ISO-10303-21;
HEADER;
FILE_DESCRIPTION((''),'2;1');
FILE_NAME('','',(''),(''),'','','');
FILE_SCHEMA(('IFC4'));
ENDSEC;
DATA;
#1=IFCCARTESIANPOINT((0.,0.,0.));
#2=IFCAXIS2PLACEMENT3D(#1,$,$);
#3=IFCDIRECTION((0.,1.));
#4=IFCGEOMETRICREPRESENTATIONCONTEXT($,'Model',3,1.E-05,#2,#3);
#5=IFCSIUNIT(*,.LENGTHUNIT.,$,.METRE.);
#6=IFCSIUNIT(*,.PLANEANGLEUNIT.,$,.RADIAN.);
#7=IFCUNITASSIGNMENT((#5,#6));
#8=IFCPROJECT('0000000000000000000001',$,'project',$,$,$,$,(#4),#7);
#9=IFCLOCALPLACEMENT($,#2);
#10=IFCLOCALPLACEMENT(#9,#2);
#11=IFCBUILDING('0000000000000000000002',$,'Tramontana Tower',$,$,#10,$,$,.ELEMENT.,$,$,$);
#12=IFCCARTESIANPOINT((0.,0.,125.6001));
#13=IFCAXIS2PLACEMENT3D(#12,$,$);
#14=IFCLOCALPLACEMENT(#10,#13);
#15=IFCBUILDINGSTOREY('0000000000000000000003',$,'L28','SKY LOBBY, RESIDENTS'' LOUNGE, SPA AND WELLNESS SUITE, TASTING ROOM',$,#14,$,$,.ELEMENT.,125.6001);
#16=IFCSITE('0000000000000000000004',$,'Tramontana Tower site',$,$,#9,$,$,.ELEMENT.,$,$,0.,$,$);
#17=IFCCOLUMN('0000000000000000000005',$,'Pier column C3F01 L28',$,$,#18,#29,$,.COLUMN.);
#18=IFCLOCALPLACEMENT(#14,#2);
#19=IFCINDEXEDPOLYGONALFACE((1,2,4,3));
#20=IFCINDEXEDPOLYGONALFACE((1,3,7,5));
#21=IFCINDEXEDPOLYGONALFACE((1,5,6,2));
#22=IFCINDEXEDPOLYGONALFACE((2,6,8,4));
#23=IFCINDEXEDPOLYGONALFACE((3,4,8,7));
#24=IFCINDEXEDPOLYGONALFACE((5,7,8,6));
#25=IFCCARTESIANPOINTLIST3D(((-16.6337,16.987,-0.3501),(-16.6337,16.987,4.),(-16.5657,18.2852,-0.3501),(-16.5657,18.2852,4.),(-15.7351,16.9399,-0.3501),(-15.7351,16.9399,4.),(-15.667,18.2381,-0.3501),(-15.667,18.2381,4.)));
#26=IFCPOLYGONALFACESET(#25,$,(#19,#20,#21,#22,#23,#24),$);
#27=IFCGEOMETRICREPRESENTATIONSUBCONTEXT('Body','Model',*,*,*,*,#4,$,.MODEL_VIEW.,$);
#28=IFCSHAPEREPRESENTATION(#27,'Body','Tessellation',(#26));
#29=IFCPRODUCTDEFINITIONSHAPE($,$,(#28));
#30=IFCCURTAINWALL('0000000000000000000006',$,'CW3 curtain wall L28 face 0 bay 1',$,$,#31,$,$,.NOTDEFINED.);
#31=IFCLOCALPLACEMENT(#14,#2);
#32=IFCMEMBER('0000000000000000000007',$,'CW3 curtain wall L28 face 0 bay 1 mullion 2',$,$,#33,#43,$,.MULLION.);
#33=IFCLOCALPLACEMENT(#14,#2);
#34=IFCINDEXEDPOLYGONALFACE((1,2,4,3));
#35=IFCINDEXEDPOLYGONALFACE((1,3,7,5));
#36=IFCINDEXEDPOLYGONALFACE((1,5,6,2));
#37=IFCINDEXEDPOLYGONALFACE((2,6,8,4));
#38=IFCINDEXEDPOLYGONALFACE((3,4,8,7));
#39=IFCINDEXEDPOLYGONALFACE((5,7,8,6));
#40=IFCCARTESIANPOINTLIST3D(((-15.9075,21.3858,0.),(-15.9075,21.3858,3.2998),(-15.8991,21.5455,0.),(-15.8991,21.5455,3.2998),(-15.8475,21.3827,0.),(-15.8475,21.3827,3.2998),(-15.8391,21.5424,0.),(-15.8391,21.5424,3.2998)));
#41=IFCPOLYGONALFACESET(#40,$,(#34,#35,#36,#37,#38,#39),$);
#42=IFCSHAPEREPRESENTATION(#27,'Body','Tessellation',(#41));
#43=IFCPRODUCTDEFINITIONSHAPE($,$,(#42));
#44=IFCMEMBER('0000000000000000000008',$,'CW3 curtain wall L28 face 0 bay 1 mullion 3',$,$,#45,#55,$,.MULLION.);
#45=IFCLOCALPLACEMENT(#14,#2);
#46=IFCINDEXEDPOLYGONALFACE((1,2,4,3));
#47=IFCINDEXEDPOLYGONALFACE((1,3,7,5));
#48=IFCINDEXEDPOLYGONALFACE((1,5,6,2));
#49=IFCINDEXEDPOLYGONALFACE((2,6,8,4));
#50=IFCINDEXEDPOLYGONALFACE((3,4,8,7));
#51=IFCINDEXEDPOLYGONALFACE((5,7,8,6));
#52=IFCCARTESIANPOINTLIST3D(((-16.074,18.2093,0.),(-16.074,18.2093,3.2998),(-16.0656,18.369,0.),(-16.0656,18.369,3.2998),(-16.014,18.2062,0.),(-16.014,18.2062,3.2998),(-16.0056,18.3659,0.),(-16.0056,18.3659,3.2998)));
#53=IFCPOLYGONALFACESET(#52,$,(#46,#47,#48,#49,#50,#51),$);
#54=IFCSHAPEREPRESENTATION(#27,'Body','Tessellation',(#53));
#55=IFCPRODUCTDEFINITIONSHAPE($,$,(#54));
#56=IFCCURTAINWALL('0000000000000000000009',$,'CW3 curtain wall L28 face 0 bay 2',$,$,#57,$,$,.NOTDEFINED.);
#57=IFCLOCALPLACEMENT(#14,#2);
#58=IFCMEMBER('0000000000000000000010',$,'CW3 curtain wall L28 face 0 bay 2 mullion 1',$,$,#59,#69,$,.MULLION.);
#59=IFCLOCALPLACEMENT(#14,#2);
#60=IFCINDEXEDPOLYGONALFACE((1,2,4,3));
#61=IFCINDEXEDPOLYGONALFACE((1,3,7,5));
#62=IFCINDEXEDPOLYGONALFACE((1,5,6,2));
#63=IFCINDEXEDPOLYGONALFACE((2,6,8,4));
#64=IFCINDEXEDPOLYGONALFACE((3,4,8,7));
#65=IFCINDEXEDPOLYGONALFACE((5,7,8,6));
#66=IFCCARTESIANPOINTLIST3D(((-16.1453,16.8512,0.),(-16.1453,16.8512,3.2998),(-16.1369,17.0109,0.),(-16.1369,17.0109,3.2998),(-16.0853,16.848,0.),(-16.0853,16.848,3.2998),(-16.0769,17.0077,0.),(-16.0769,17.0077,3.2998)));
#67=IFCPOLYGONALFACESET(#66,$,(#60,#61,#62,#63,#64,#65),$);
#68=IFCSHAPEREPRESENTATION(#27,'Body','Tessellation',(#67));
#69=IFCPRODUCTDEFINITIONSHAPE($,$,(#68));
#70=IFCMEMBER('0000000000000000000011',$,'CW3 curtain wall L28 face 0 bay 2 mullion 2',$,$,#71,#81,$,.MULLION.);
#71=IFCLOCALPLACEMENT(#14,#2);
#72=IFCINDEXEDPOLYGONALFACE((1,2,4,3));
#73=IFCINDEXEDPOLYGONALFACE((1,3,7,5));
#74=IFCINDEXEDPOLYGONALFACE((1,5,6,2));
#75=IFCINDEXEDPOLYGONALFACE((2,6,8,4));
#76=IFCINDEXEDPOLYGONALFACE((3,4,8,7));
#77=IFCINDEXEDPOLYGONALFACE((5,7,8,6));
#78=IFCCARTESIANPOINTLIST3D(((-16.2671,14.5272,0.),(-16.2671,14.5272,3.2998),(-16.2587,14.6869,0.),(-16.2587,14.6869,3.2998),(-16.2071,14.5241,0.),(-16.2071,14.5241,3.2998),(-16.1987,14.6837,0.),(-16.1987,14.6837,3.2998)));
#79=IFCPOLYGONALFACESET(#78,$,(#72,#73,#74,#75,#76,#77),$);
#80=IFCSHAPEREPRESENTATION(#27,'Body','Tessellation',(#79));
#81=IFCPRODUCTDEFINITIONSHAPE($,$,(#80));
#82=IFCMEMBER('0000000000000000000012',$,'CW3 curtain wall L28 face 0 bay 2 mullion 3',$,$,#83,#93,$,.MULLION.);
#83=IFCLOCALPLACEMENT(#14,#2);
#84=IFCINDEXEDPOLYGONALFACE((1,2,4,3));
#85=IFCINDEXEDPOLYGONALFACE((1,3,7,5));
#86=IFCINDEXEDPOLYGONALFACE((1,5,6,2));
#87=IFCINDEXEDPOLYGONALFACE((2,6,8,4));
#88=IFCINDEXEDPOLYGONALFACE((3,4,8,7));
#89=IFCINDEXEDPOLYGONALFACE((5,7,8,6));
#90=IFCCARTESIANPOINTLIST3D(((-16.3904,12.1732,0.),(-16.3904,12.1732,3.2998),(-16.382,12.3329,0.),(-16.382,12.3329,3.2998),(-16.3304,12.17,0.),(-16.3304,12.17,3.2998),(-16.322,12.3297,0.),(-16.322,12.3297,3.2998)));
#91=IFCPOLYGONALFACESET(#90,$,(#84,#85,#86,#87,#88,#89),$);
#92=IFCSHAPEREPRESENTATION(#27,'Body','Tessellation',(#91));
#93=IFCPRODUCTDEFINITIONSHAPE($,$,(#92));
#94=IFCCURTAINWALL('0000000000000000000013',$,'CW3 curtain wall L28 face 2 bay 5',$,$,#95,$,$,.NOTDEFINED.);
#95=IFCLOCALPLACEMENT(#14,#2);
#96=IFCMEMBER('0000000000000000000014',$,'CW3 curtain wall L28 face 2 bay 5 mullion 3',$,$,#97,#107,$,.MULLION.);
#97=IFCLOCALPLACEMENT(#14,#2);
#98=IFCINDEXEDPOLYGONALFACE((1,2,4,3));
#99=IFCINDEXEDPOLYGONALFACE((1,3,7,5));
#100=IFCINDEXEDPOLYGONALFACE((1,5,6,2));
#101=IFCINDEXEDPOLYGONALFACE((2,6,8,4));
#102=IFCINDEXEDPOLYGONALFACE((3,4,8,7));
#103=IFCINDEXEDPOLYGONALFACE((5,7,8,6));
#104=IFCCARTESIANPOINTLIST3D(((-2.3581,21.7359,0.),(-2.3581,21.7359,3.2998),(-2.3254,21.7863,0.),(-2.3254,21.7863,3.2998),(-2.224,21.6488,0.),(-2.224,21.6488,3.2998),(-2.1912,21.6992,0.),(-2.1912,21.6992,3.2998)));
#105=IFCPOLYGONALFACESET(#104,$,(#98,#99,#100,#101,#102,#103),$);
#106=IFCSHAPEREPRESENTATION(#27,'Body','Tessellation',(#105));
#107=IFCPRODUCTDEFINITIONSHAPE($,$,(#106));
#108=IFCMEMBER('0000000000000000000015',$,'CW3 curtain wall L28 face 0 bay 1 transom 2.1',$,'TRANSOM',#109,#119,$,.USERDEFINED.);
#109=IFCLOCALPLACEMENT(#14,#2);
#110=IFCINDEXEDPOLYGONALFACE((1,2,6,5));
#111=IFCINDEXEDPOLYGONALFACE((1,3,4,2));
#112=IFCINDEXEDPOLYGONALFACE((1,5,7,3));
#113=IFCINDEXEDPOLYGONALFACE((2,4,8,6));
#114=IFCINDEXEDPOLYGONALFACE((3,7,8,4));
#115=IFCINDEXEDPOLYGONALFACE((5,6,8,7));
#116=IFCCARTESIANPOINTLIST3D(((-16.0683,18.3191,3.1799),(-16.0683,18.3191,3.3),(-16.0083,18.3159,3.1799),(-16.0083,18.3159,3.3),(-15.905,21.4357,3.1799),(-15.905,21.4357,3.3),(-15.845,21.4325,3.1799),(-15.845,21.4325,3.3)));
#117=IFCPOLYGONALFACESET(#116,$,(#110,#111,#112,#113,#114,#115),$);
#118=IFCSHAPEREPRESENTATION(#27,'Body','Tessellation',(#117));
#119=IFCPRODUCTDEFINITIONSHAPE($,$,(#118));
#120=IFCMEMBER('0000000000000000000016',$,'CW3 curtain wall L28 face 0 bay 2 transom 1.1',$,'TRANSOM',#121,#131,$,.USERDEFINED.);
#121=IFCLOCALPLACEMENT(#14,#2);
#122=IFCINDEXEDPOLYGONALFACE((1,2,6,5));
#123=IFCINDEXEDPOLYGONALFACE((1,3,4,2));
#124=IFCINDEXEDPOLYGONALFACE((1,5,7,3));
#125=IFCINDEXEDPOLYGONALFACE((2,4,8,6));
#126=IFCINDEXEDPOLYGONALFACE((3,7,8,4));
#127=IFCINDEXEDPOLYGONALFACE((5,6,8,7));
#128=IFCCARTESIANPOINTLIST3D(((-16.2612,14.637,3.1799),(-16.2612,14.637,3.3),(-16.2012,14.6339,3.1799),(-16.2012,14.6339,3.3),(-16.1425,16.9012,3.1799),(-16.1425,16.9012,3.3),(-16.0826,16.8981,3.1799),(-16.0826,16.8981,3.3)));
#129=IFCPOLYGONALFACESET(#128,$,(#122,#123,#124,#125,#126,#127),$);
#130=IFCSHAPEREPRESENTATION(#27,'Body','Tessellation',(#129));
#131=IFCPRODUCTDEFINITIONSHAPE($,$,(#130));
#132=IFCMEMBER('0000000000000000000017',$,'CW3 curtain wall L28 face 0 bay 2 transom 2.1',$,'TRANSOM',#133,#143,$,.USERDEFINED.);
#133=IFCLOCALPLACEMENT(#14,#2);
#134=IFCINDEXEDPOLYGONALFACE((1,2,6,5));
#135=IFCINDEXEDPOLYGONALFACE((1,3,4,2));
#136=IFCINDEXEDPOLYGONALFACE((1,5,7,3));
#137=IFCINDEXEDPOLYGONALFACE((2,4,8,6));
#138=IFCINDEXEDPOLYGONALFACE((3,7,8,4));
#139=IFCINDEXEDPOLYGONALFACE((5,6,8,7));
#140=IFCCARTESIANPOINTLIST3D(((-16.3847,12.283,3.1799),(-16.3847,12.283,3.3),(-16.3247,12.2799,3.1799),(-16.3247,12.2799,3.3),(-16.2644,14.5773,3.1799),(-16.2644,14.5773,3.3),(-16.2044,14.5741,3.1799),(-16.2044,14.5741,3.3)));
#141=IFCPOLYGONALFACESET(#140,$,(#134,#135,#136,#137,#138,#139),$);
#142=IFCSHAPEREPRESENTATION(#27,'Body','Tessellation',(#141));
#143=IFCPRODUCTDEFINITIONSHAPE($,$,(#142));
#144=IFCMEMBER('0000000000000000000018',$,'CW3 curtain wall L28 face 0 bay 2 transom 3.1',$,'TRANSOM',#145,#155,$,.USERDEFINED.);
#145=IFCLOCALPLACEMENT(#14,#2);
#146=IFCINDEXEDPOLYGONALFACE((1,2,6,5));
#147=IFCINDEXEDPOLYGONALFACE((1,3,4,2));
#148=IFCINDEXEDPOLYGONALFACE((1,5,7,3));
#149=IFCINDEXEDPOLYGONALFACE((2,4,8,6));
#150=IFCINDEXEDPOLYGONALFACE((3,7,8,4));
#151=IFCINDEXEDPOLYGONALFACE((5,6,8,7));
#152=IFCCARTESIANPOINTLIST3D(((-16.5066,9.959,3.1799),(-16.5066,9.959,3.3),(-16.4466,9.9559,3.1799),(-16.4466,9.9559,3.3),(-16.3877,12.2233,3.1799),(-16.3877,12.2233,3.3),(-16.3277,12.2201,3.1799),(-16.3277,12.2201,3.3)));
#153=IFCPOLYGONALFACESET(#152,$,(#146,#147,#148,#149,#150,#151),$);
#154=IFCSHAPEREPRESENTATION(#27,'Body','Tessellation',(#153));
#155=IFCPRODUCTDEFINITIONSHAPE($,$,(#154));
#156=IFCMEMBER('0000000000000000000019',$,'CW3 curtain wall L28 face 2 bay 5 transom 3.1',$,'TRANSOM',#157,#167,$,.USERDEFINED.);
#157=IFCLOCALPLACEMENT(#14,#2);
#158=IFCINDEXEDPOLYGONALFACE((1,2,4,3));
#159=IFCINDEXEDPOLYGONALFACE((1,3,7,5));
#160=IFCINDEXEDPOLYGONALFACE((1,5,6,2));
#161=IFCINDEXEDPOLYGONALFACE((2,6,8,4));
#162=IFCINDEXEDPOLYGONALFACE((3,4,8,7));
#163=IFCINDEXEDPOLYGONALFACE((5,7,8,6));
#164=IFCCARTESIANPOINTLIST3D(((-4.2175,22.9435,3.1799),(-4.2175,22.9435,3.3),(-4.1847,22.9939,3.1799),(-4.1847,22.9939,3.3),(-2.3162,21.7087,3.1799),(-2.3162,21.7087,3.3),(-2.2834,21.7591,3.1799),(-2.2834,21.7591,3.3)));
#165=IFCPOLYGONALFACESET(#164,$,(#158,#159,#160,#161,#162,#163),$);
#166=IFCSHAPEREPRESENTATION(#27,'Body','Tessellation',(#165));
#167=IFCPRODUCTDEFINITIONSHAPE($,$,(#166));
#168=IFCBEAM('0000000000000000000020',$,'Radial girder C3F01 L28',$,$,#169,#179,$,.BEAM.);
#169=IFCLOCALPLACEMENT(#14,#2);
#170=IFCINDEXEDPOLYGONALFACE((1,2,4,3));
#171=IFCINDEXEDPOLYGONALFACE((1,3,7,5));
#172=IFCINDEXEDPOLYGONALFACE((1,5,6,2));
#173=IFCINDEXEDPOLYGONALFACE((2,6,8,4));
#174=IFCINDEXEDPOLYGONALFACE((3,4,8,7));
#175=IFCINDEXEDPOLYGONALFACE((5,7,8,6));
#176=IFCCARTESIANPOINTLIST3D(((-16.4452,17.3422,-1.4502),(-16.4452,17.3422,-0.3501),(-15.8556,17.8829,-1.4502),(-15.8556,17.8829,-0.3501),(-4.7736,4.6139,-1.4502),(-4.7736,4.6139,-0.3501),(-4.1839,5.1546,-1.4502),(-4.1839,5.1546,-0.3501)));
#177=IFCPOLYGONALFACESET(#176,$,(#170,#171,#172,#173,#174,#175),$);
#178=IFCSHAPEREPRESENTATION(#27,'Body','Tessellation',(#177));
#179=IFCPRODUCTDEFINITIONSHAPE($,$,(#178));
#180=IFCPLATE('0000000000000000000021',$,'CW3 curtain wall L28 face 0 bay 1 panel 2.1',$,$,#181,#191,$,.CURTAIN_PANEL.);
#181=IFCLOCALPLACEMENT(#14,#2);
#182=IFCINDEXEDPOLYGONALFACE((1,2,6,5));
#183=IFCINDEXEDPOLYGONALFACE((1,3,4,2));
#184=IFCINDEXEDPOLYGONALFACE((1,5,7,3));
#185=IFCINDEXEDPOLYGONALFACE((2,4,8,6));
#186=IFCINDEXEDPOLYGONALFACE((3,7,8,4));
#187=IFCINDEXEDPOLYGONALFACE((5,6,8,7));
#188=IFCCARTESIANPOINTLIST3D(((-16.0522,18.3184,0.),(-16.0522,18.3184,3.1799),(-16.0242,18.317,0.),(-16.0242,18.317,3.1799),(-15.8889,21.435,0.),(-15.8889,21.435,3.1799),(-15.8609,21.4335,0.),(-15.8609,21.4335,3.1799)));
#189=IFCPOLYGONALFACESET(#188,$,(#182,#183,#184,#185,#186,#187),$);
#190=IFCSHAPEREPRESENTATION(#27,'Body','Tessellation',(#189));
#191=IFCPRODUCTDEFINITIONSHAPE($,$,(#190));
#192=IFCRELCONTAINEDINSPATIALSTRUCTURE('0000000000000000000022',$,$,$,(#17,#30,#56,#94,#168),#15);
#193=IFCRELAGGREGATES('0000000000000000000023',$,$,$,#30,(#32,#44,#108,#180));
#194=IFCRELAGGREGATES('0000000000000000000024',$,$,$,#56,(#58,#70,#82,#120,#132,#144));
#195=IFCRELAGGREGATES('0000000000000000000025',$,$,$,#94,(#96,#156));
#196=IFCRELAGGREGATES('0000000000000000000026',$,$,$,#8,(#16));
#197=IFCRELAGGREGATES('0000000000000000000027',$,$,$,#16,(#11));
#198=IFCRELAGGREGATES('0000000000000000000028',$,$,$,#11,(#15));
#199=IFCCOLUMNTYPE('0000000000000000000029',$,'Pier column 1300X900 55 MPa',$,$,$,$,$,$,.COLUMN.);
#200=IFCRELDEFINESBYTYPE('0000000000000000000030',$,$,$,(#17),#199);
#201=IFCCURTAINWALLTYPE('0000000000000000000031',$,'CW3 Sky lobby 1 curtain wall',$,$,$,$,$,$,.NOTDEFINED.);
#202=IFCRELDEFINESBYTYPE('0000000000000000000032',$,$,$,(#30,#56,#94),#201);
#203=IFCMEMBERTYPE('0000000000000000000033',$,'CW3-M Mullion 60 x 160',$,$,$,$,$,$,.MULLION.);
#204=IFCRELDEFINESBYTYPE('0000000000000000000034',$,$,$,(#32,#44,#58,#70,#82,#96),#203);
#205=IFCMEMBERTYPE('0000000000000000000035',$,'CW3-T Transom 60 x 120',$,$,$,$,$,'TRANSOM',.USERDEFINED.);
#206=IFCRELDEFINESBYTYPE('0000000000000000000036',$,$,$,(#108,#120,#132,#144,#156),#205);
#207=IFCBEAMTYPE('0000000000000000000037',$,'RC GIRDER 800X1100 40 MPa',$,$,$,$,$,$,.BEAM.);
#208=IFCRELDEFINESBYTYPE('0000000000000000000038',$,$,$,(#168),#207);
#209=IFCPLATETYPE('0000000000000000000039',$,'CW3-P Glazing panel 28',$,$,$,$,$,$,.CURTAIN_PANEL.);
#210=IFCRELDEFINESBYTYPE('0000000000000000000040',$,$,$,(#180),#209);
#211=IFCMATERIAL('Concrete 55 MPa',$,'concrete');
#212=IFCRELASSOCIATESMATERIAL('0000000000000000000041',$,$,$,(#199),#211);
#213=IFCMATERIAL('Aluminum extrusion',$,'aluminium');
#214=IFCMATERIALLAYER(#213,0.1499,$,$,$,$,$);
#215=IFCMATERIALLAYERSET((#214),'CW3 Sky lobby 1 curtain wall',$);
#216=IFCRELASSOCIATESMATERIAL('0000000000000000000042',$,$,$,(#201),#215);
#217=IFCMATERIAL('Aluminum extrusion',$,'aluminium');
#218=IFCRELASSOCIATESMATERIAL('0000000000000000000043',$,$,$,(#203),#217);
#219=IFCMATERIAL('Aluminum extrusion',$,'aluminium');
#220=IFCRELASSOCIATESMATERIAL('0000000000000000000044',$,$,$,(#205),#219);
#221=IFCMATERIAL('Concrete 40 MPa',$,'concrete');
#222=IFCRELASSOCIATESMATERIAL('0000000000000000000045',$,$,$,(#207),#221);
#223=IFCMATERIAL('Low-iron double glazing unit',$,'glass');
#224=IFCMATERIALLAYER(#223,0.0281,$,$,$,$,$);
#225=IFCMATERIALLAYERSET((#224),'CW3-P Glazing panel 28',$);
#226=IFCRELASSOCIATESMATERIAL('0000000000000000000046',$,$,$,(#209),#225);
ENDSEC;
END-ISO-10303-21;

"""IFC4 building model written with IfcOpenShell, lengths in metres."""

from ifc_helpers import new_model, si_unit, direction, frame, origin, origin_2d, place, context, subcontext, project, spatial, rectangle, extrude, material, layer, layer_set, material_profile, profile_set, type_object, element, aggregate, save


model = new_model("IFC4")

# Units and contexts
model_context = context("Model", 3, precision=1e-05, world=origin(), true_north=direction((0.0, 1.0)))
body_context = subcontext(model_context, "Body", "Model", "MODEL_VIEW")
ifc_project = project(units=[si_unit("LENGTHUNIT", "METRE"), si_unit("PLANEANGLEUNIT", "RADIAN")], contexts=[model_context])

# Site, building, storey
site_placement = place(None, origin())
site = spatial("IfcSite", under=ifc_project, at=site_placement, Name="Tramontana Tower site", CompositionType="ELEMENT", RefElevation=0.0)
building_placement = place(site_placement, origin())
building = spatial("IfcBuilding", under=site, at=building_placement, Name="Tramontana Tower", CompositionType="ELEMENT")
storey_placement = place(building_placement, frame((0.0, 0.0, 125.6001)))
storey = spatial("IfcBuildingStorey", under=building, at=storey_placement, Name="L28", Description="SKY LOBBY, RESIDENTS' LOUNGE, SPA AND WELLNESS SUITE, TASTING ROOM", CompositionType="ELEMENT", Elevation=125.6001)

# Column
ifc_material_1 = material(Name="Concrete 55 MPa", Category="concrete")
ifc_material_profile_1 = material_profile(ifc_material_1, rectangle(XDim=1.3, YDim=0.8999, at=origin_2d()), Name="Pier column 1300X900 55 MPa")
ifc_profile_set_1 = profile_set([ifc_material_profile_1], Name="Concrete 55 MPa")
column_type = type_object("IfcColumnType", Name="Pier column 1300X900 55 MPa", PredefinedType="COLUMN", material=ifc_profile_set_1)
column_placement = place(storey_placement, frame((-16.1504, 17.6125, -0.3501), z_axis=(0.0, 0.0, 1.0), x_axis=(-0.052336, -0.99863, 0.0)))
element("IfcColumn", 1, at=column_placement, inside=storey, type_object=column_type, Name="Pier column C3F01 L28", PredefinedType="COLUMN", context=body_context, shape_type="SweptSolid", body=[
    extrude(rectangle(XDim=1.3, YDim=0.8999, at=origin_2d()), origin(), (0.0, 0.0, 1.0), 4.3501),
])

# Curtain walls, members
ifc_material_2 = material(Name="Aluminum extrusion", Category="aluminium")
ifc_layer_1 = layer(ifc_material_2, 0.1499)
ifc_layer_set_1 = layer_set([ifc_layer_1], Name="CW3 Sky lobby 1 curtain wall")
curtain_wall_type = type_object("IfcCurtainWallType", Name="CW3 Sky lobby 1 curtain wall", PredefinedType="NOTDEFINED", material=ifc_layer_set_1)
curtain_wall_1_placement = place(storey_placement, origin())
curtain_wall_1 = element("IfcCurtainWall", 2, at=curtain_wall_1_placement, inside=storey, type_object=curtain_wall_type, Name="CW3 curtain wall L28 face 0 bay 1", PredefinedType="NOTDEFINED")
ifc_material_3 = material(Name="Aluminum extrusion", Category="aluminium")
ifc_material_profile_2 = material_profile(ifc_material_3, rectangle(XDim=0.0601, YDim=0.1599, at=origin_2d()), Name="CW3-M Mullion 60 x 160")
ifc_profile_set_2 = profile_set([ifc_material_profile_2], Name="Aluminum extrusion")
member_type_1 = type_object("IfcMemberType", Name="CW3-M Mullion 60 x 160", PredefinedType="MULLION", material=ifc_profile_set_2)
member_1_placement = place(storey_placement, frame((-15.8733, 21.4641, 0.0), z_axis=(0.0, 0.0, 1.0), x_axis=(0.99863, -0.052336, 0.0)))
member_1 = element("IfcMember", 3, at=member_1_placement, type_object=member_type_1, Name="CW3 curtain wall L28 face 0 bay 1 mullion 2", PredefinedType="MULLION", context=body_context, shape_type="SweptSolid", body=[
    extrude(rectangle(XDim=0.0601, YDim=0.1599, at=origin_2d()), origin(), (0.0, 0.0, 1.0), 3.2998),
])
member_2_placement = place(storey_placement, frame((-16.0398, 18.2876, 0.0), z_axis=(0.0, 0.0, 1.0), x_axis=(0.99863, -0.052336, 0.0)))
member_2 = element("IfcMember", 4, at=member_2_placement, type_object=member_type_1, Name="CW3 curtain wall L28 face 0 bay 1 mullion 3", PredefinedType="MULLION", context=body_context, shape_type="SweptSolid", body=[
    extrude(rectangle(XDim=0.0601, YDim=0.1599, at=origin_2d()), origin(), (0.0, 0.0, 1.0), 3.2998),
])
curtain_wall_2_placement = place(storey_placement, origin())
curtain_wall_2 = element("IfcCurtainWall", 5, at=curtain_wall_2_placement, inside=storey, type_object=curtain_wall_type, Name="CW3 curtain wall L28 face 0 bay 2", PredefinedType="NOTDEFINED")
member_3_placement = place(storey_placement, frame((-16.1111, 16.9294, 0.0), z_axis=(0.0, 0.0, 1.0), x_axis=(0.99863, -0.052336, 0.0)))
member_3 = element("IfcMember", 6, at=member_3_placement, type_object=member_type_1, Name="CW3 curtain wall L28 face 0 bay 2 mullion 1", PredefinedType="MULLION", context=body_context, shape_type="SweptSolid", body=[
    extrude(rectangle(XDim=0.0601, YDim=0.1599, at=origin_2d()), origin(), (0.0, 0.0, 1.0), 3.2998),
])
member_4_placement = place(storey_placement, frame((-16.2329, 14.6055, 0.0), z_axis=(0.0, 0.0, 1.0), x_axis=(0.99863, -0.052336, 0.0)))
member_4 = element("IfcMember", 7, at=member_4_placement, type_object=member_type_1, Name="CW3 curtain wall L28 face 0 bay 2 mullion 2", PredefinedType="MULLION", context=body_context, shape_type="SweptSolid", body=[
    extrude(rectangle(XDim=0.0601, YDim=0.1599, at=origin_2d()), origin(), (0.0, 0.0, 1.0), 3.2998),
])
member_5_placement = place(storey_placement, frame((-16.3562, 12.2515, 0.0), z_axis=(0.0, 0.0, 1.0), x_axis=(0.99863, -0.052336, 0.0)))
member_5 = element("IfcMember", 8, at=member_5_placement, type_object=member_type_1, Name="CW3 curtain wall L28 face 0 bay 2 mullion 3", PredefinedType="MULLION", context=body_context, shape_type="SweptSolid", body=[
    extrude(rectangle(XDim=0.0601, YDim=0.1599, at=origin_2d()), origin(), (0.0, 0.0, 1.0), 3.2998),
])

# Curtain wall, member
curtain_wall_3_placement = place(storey_placement, origin())
curtain_wall_3 = element("IfcCurtainWall", 9, at=curtain_wall_3_placement, inside=storey, type_object=curtain_wall_type, Name="CW3 curtain wall L28 face 2 bay 5", PredefinedType="NOTDEFINED")
member_6_placement = place(storey_placement, frame((-2.2747, 21.7175, 0.0), z_axis=(0.0, 0.0, 1.0), x_axis=(-0.544639, -0.838671, 0.0)))
member_6 = element("IfcMember", 10, at=member_6_placement, type_object=member_type_1, Name="CW3 curtain wall L28 face 2 bay 5 mullion 3", PredefinedType="MULLION", context=body_context, shape_type="SweptSolid", body=[
    extrude(rectangle(XDim=0.0601, YDim=0.1599, at=origin_2d()), origin(), (0.0, 0.0, 1.0), 3.2998),
])

# Members
ifc_material_4 = material(Name="Aluminum extrusion", Category="aluminium")
ifc_material_profile_3 = material_profile(ifc_material_4, rectangle(XDim=0.0601, YDim=0.1201, at=origin_2d()), Name="CW3-T Transom 60 x 120")
ifc_profile_set_3 = profile_set([ifc_material_profile_3], Name="Aluminum extrusion")
member_type_2 = type_object("IfcMemberType", Name="CW3-T Transom 60 x 120", ElementType="TRANSOM", PredefinedType="USERDEFINED", material=ifc_profile_set_3)
member_7_placement = place(storey_placement, frame((-15.875, 21.4341, 3.24), z_axis=(-0.052337, -0.998629, 0.0), x_axis=(0.998629, -0.052337, 0.0)))
member_7 = element("IfcMember", 11, at=member_7_placement, type_object=member_type_2, Name="CW3 curtain wall L28 face 0 bay 1 transom 2.1", ObjectType="TRANSOM", PredefinedType="USERDEFINED", context=body_context, shape_type="SweptSolid", body=[
    extrude(rectangle(XDim=0.0601, YDim=0.1201, at=origin_2d()), origin(), (0.0, 0.0, 1.0), 3.1208),
])
member_8_placement = place(storey_placement, frame((-16.1125, 16.8997, 3.24), z_axis=(-0.052333, -0.99863, 0.0), x_axis=(0.99863, -0.052333, 0.0)))
member_8 = element("IfcMember", 12, at=member_8_placement, type_object=member_type_2, Name="CW3 curtain wall L28 face 0 bay 2 transom 1.1", ObjectType="TRANSOM", PredefinedType="USERDEFINED", context=body_context, shape_type="SweptSolid", body=[
    extrude(rectangle(XDim=0.0601, YDim=0.1201, at=origin_2d()), origin(), (0.0, 0.0, 1.0), 2.2673),
])
member_9_placement = place(storey_placement, frame((-16.2344, 14.5757, 3.24), z_axis=(-0.052391, -0.998627, 0.0), x_axis=(0.998627, -0.052391, 0.0)))
member_9 = element("IfcMember", 13, at=member_9_placement, type_object=member_type_2, Name="CW3 curtain wall L28 face 0 bay 2 transom 2.1", ObjectType="TRANSOM", PredefinedType="USERDEFINED", context=body_context, shape_type="SweptSolid", body=[
    extrude(rectangle(XDim=0.0601, YDim=0.1201, at=origin_2d()), origin(), (0.0, 0.0, 1.0), 2.2974),
])
member_10_placement = place(storey_placement, frame((-16.3577, 12.2217, 3.24), z_axis=(-0.05244, -0.998624, 0.0), x_axis=(0.998624, -0.05244, 0.0)))
member_10 = element("IfcMember", 14, at=member_10_placement, type_object=member_type_2, Name="CW3 curtain wall L28 face 0 bay 2 transom 3.1", ObjectType="TRANSOM", PredefinedType="USERDEFINED", context=body_context, shape_type="SweptSolid", body=[
    extrude(rectangle(XDim=0.0601, YDim=0.1201, at=origin_2d()), origin(), (0.0, 0.0, 1.0), 2.2673),
])
member_11_placement = place(storey_placement, frame((-2.2998, 21.7339, 3.24), z_axis=(-0.83865, 0.54467, 0.0), x_axis=(-0.54467, -0.83865, 0.0)))
member_11 = element("IfcMember", 15, at=member_11_placement, type_object=member_type_2, Name="CW3 curtain wall L28 face 2 bay 5 transom 3.1", ObjectType="TRANSOM", PredefinedType="USERDEFINED", context=body_context, shape_type="SweptSolid", body=[
    extrude(rectangle(XDim=0.0601, YDim=0.1201, at=origin_2d()), origin(), (0.0, 0.0, 1.0), 2.2671),
])

# Beam
ifc_material_5 = material(Name="Concrete 40 MPa", Category="concrete")
ifc_material_profile_4 = material_profile(ifc_material_5, rectangle(XDim=0.8, YDim=1.1001, at=origin_2d()), Name="RC GIRDER 800X1100 40 MPa")
ifc_profile_set_4 = profile_set([ifc_material_profile_4], Name="Concrete 40 MPa")
beam_type = type_object("IfcBeamType", Name="RC GIRDER 800X1100 40 MPa", PredefinedType="BEAM", material=ifc_profile_set_4)
beam_placement = place(storey_placement, frame((-16.1504, 17.6125, -0.9001), z_axis=(0.675852, -0.737037, 0.0), x_axis=(0.737037, 0.675852, 0.0)))
element("IfcBeam", 16, at=beam_placement, inside=storey, type_object=beam_type, Name="Radial girder C3F01 L28", PredefinedType="BEAM", context=body_context, shape_type="SweptSolid", body=[
    extrude(rectangle(XDim=0.8, YDim=1.1001, at=origin_2d()), origin(), (0.0, 0.0, 1.0), 17.2695),
])

# Plate
ifc_material_6 = material(Name="Low-iron double glazing unit", Category="glass")
ifc_layer_2 = layer(ifc_material_6, 0.0281)
ifc_layer_set_2 = layer_set([ifc_layer_2], Name="CW3-P Glazing panel 28")
plate_type = type_object("IfcPlateType", Name="CW3-P Glazing panel 28", PredefinedType="CURTAIN_PANEL", material=ifc_layer_set_2)
plate_1_placement = place(storey_placement, frame((-15.9565, 19.876, 0.0), z_axis=(0.0, 0.0, 1.0), x_axis=(-0.052336, -0.99863, 0.0)))
plate_1 = element("IfcPlate", 17, at=plate_1_placement, type_object=plate_type, Name="CW3 curtain wall L28 face 0 bay 1 panel 2.1", PredefinedType="CURTAIN_PANEL", context=body_context, shape_type="SweptSolid", body=[
    extrude(rectangle(XDim=3.1208, YDim=0.0281, at=origin_2d()), origin(), (0.0, 0.0, 1.0), 3.1799),
])
aggregate(curtain_wall_1, [member_1, member_2, member_7, plate_1])
aggregate(curtain_wall_2, [member_3, member_4, member_5, member_8, member_9, member_10])
aggregate(curtain_wall_3, [member_6, member_11])

save(model, "model.ifc")
